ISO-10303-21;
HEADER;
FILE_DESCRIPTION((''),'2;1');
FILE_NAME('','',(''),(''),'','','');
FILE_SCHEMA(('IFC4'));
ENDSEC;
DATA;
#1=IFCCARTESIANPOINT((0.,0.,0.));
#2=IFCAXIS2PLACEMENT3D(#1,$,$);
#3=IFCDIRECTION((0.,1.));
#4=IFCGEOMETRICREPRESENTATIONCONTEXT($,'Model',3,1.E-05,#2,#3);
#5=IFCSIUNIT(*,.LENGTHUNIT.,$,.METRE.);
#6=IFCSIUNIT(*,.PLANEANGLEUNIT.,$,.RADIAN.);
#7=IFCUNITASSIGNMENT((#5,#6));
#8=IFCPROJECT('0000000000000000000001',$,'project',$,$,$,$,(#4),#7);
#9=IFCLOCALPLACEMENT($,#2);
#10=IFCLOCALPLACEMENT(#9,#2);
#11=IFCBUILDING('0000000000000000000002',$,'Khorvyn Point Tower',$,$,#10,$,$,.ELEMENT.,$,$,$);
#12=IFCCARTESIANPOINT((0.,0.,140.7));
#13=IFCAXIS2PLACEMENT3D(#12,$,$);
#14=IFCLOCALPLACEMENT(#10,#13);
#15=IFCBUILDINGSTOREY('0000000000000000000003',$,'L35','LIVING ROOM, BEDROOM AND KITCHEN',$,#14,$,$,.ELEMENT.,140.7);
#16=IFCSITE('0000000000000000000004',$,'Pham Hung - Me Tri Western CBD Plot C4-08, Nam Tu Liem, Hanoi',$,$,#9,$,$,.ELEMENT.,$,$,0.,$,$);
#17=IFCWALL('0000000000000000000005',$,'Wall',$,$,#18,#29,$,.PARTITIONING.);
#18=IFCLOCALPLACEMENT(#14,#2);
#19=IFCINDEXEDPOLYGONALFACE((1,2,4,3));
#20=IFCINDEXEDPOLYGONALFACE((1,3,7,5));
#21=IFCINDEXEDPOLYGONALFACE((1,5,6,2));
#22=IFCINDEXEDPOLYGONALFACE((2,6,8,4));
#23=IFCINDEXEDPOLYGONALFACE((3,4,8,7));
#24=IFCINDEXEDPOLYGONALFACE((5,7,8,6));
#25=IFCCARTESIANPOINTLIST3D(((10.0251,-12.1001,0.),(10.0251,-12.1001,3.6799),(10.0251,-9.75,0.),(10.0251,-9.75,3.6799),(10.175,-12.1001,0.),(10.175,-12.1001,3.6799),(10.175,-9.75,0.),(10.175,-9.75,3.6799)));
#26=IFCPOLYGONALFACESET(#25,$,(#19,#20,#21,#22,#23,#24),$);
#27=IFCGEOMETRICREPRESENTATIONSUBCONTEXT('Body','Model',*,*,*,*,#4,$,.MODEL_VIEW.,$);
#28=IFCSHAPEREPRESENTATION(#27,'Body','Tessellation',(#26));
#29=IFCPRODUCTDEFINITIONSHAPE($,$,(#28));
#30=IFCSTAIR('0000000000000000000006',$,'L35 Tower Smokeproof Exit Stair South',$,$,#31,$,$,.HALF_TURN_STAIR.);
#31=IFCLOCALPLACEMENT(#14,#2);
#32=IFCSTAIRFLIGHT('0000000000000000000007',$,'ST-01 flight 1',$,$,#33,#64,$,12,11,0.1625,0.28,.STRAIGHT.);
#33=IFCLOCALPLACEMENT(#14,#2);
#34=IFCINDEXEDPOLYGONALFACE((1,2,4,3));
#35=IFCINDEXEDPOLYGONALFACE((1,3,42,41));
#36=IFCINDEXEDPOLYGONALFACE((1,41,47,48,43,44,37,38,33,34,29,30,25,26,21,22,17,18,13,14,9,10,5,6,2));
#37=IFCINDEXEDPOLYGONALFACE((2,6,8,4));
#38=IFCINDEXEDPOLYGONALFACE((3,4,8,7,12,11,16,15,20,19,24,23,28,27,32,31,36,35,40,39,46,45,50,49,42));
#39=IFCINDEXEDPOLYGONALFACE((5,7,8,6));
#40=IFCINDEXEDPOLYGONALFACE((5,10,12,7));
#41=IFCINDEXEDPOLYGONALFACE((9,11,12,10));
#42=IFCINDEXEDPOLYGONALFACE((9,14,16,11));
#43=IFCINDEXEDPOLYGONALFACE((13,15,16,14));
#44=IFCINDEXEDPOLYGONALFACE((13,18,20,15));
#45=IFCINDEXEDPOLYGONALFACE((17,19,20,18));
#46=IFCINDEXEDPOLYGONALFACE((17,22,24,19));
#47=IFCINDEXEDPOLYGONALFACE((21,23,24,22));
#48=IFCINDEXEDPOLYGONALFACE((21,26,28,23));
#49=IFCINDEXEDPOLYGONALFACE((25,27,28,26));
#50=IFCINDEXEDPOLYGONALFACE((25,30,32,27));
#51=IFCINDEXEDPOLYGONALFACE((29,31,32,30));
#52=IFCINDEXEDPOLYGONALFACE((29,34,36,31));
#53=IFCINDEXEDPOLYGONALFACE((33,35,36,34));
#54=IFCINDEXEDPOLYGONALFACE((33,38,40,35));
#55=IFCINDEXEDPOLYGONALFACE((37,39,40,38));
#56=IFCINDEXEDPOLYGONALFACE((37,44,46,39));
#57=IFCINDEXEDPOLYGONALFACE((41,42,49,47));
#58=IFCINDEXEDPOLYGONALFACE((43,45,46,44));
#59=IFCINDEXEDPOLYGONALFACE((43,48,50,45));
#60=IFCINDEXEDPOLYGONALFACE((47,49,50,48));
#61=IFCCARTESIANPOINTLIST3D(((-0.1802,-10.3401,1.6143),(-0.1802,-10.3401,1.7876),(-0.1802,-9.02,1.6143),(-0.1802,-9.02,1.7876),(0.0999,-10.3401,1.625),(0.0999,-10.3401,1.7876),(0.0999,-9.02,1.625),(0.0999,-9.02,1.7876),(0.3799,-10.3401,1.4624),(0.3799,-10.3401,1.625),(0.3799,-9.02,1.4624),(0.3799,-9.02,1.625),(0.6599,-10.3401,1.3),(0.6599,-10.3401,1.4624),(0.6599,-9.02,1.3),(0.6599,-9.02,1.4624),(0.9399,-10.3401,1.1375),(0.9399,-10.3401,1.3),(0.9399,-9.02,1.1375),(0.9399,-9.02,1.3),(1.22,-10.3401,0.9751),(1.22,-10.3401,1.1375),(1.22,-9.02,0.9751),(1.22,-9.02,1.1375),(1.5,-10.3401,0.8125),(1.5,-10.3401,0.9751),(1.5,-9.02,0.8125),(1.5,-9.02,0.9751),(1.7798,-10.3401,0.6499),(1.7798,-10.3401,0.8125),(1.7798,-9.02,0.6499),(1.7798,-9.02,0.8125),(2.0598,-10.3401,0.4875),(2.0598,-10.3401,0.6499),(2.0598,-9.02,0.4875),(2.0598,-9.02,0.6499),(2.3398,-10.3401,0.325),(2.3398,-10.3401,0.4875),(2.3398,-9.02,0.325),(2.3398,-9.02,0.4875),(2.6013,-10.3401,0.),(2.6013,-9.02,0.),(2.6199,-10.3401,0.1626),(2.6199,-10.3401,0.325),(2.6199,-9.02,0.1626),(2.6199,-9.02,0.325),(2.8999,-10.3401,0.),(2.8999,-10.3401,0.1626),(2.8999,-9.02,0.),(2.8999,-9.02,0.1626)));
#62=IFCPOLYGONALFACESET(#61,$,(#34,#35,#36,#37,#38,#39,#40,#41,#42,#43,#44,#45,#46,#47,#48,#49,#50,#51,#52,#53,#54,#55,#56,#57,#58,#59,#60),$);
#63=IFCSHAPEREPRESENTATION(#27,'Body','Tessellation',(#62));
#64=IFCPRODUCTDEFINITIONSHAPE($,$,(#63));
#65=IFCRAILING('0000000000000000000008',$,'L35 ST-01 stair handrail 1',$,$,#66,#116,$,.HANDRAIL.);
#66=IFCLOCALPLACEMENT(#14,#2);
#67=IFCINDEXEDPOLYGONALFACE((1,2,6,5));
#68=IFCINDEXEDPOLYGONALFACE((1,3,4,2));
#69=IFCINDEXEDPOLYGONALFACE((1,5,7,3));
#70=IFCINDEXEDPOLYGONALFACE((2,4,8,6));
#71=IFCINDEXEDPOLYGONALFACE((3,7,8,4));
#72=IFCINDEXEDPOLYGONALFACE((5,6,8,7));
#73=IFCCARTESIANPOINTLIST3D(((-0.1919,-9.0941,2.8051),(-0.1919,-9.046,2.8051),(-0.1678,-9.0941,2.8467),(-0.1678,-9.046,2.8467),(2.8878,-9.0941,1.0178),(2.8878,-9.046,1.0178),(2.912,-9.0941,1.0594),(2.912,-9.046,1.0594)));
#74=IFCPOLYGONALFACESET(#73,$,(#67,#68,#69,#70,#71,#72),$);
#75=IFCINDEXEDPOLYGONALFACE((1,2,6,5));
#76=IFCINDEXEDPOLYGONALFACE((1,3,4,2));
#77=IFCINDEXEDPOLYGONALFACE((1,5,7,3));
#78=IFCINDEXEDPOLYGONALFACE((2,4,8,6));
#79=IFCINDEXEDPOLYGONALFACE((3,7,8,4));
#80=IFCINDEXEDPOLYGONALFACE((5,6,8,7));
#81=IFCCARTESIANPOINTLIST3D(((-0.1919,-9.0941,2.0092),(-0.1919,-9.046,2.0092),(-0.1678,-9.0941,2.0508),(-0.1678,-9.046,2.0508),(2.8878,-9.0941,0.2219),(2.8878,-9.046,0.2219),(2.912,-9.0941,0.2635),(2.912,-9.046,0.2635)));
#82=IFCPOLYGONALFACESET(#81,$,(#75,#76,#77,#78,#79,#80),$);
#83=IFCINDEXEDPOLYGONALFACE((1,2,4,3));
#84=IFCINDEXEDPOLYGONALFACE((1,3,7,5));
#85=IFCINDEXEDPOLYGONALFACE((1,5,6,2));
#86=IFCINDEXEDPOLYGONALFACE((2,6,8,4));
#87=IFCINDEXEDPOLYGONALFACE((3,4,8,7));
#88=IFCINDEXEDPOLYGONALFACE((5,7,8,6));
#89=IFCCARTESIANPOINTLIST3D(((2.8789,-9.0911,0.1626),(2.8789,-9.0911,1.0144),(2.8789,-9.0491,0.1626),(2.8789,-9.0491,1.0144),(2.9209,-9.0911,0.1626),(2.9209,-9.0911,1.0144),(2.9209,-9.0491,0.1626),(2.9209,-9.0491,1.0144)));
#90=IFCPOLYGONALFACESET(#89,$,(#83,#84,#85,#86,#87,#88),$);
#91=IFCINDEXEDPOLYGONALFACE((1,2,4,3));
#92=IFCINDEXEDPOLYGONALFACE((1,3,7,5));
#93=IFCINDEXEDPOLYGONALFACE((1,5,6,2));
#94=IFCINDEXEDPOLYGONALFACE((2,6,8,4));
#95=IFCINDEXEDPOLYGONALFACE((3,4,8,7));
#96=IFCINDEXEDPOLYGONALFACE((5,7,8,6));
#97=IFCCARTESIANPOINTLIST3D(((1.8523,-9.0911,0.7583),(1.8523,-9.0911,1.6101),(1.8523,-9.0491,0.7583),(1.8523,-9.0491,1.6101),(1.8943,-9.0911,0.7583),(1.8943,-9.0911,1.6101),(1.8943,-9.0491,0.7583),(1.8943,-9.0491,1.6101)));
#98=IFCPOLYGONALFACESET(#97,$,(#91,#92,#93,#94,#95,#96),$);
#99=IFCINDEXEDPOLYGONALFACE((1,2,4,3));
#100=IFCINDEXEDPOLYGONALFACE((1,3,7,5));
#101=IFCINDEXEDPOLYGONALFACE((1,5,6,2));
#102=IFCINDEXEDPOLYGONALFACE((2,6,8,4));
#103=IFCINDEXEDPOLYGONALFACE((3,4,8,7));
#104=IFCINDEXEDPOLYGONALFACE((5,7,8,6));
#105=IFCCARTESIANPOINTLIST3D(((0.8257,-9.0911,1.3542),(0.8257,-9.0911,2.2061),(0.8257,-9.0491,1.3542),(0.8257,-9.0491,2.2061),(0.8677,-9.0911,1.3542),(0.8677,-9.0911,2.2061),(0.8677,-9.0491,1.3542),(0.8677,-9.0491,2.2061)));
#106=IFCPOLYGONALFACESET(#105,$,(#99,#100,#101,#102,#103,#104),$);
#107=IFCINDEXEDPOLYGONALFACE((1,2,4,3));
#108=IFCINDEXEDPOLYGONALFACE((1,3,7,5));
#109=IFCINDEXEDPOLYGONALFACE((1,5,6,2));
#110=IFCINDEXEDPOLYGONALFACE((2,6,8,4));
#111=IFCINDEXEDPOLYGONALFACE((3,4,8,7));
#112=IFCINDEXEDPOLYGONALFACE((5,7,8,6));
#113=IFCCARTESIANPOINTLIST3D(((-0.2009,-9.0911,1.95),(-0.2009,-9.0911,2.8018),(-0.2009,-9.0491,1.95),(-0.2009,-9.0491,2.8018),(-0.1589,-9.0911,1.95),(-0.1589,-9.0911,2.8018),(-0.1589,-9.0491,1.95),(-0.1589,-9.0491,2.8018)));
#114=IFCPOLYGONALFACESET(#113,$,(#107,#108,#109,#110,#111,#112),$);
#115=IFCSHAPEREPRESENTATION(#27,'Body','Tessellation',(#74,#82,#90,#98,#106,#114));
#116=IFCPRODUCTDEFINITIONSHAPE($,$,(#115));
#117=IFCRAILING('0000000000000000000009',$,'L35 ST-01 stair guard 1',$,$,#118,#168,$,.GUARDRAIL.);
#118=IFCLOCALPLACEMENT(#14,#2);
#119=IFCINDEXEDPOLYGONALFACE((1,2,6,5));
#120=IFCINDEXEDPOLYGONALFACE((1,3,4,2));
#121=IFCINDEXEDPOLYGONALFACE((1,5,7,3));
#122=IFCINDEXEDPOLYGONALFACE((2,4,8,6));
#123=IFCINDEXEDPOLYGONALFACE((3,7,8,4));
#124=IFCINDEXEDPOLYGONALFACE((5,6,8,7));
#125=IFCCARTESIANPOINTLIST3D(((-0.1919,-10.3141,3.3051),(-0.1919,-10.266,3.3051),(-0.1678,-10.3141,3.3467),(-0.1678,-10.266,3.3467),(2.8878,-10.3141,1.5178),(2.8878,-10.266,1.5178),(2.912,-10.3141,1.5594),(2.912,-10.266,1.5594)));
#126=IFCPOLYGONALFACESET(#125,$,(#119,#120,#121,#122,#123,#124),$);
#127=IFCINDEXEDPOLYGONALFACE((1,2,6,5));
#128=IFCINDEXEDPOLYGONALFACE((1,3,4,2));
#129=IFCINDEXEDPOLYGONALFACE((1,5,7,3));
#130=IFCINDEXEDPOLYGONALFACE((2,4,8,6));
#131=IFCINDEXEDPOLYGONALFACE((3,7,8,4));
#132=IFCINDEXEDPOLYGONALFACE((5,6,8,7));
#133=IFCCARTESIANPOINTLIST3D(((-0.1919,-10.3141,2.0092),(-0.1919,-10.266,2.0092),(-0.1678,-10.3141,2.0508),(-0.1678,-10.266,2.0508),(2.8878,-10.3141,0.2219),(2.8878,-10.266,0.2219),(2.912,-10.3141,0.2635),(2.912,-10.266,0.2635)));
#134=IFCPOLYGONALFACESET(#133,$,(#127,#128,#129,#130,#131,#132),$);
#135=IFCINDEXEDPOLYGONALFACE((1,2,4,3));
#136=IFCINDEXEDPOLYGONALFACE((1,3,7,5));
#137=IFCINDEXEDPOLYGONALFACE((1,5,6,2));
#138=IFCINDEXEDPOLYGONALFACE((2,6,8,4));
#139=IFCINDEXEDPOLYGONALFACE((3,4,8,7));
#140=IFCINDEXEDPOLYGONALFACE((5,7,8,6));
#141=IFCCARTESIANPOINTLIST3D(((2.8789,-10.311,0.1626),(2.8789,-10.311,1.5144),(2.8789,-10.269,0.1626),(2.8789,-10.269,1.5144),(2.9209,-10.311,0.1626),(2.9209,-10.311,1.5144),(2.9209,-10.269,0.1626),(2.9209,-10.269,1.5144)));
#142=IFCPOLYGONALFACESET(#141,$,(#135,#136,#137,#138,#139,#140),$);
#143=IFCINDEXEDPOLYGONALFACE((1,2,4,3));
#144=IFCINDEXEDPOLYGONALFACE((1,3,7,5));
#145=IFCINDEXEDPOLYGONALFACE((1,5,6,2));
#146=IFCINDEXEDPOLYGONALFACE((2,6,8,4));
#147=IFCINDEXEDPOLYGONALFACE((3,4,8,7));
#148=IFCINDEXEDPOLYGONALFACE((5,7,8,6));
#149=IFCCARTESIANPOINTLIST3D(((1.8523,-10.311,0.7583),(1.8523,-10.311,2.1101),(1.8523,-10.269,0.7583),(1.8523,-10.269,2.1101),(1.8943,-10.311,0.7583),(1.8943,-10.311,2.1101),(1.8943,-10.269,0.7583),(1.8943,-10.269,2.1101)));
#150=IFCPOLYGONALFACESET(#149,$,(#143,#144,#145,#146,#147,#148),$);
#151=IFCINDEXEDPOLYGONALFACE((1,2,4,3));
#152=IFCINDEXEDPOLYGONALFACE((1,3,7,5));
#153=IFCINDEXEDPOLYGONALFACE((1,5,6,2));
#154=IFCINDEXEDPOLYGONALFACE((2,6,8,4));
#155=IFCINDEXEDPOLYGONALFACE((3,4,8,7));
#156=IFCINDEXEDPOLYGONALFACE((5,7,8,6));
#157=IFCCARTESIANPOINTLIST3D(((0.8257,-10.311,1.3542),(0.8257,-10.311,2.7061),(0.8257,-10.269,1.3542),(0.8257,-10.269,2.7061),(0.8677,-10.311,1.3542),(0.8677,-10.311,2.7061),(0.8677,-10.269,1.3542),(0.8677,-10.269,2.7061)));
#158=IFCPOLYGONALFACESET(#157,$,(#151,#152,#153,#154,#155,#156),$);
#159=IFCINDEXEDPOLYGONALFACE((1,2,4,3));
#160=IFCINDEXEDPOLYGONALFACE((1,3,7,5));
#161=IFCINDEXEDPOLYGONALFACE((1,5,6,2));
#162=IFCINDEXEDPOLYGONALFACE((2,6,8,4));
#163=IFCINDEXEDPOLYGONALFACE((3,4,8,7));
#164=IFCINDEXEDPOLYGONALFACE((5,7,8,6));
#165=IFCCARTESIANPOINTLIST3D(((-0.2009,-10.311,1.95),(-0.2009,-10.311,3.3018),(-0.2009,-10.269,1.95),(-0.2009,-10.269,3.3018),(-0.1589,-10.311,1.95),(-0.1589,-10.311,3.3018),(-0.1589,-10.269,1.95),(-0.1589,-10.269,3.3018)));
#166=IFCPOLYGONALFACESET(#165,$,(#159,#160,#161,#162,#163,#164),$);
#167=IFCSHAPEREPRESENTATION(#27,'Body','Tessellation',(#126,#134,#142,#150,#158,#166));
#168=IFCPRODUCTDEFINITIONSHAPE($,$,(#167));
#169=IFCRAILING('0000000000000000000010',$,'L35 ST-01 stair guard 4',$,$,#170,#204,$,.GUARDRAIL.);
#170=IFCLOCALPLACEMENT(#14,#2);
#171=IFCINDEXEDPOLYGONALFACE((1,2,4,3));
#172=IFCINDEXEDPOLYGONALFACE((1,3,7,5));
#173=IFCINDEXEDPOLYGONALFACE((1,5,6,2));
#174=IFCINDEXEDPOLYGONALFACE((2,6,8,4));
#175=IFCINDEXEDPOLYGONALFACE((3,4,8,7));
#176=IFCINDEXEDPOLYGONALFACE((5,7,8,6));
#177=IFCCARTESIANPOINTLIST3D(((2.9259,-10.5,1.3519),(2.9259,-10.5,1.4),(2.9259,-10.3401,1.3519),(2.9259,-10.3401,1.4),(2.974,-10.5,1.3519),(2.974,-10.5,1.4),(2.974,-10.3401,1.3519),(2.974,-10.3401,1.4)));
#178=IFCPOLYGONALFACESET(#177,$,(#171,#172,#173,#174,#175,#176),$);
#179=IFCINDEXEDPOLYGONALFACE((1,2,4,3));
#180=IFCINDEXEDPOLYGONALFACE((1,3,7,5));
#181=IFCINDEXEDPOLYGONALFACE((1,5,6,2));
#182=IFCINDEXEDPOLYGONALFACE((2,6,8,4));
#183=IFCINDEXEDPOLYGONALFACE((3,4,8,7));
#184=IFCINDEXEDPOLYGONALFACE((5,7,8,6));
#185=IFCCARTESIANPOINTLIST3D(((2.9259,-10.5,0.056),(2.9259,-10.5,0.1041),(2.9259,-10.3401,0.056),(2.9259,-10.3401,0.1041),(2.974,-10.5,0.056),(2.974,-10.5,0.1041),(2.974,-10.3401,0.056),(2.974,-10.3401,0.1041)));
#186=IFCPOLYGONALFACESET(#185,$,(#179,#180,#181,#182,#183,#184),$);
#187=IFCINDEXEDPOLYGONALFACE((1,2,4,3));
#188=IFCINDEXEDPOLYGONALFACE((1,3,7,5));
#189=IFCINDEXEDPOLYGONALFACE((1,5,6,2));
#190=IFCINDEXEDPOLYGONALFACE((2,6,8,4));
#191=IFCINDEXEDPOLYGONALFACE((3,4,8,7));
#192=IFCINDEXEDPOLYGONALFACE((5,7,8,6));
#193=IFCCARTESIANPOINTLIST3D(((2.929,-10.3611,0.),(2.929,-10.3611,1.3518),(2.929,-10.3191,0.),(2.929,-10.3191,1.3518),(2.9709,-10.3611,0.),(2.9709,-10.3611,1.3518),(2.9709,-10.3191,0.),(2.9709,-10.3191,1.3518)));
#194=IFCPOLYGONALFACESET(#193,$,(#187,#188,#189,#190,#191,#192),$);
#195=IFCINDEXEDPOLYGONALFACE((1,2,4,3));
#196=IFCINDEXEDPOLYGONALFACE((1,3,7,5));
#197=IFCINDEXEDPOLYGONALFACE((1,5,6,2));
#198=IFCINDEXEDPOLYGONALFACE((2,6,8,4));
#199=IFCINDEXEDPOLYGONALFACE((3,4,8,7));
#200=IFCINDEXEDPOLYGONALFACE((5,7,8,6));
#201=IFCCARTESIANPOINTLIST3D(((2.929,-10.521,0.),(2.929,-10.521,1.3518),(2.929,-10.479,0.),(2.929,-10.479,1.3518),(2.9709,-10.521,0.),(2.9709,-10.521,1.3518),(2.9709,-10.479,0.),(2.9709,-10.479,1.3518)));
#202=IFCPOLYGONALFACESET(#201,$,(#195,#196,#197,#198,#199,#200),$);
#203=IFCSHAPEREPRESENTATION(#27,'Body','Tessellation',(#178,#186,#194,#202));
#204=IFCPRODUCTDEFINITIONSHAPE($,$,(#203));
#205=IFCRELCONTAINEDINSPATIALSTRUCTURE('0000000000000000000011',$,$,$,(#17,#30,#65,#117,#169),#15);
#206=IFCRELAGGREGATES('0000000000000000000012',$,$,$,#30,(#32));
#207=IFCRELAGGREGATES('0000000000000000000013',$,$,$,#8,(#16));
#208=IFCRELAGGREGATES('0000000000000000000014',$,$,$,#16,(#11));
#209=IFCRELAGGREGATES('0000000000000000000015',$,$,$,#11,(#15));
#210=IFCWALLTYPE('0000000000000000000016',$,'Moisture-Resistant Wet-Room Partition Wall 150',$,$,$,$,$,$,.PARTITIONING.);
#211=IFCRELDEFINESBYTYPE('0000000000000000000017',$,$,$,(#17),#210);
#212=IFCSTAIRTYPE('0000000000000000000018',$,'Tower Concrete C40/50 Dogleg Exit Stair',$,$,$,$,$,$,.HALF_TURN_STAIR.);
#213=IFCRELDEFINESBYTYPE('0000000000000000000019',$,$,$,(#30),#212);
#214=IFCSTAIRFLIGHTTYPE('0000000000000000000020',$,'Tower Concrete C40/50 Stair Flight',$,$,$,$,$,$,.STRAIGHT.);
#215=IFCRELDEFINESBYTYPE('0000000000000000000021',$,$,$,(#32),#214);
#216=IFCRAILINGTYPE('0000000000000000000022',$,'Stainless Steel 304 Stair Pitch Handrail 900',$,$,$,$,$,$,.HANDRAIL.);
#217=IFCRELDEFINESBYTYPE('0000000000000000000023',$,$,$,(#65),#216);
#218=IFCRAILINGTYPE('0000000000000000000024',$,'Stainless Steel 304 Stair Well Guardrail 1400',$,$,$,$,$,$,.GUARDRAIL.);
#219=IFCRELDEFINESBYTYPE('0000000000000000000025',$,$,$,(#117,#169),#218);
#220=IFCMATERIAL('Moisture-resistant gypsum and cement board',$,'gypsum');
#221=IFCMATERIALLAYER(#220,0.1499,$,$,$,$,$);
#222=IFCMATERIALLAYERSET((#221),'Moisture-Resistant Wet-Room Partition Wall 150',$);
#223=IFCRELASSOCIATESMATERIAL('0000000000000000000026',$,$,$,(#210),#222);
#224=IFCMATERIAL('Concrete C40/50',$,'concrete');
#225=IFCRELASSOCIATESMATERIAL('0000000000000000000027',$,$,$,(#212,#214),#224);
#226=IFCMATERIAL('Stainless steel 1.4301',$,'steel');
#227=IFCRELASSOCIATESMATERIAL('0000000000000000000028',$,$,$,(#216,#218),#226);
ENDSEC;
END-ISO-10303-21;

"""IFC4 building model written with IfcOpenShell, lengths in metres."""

from ifc_helpers import new_model, si_unit, direction, frame, frame_2d, origin, origin_2d, place, context, subcontext, project, spatial, polyline, rectangle, outline, extrude, material, layer, layer_set, type_object, element, aggregate, save


model = new_model("IFC4")

# Units and contexts
model_context = context("Model", 3, precision=1e-05, world=origin(), true_north=direction((0.0, 1.0)))
body_context = subcontext(model_context, "Body", "Model", "MODEL_VIEW")
ifc_project = project(units=[si_unit("LENGTHUNIT", "METRE"), si_unit("PLANEANGLEUNIT", "RADIAN")], contexts=[model_context])

# Site, building, storey
site_placement = place(None, origin())
site = spatial("IfcSite", under=ifc_project, at=site_placement, Name="Pham Hung - Me Tri Western CBD Plot C4-08, Nam Tu Liem, Hanoi", CompositionType="ELEMENT", RefElevation=0.0)
building_placement = place(site_placement, origin())
building = spatial("IfcBuilding", under=site, at=building_placement, Name="Khorvyn Point Tower", CompositionType="ELEMENT")
storey_placement = place(building_placement, frame((0.0, 0.0, 140.7)))
storey = spatial("IfcBuildingStorey", under=building, at=storey_placement, Name="L35", Description="LIVING ROOM, BEDROOM AND KITCHEN", CompositionType="ELEMENT", Elevation=140.7)

# Shared definitions
ifc_material_1 = material(Name="Concrete C40/50", Category="concrete")

# Shared definitions
ifc_material_2 = material(Name="Moisture-resistant gypsum and cement board", Category="gypsum")
ifc_layer_1 = layer(ifc_material_2, 0.1499)
ifc_layer_set_1 = layer_set([ifc_layer_1], Name="Moisture-Resistant Wet-Room Partition Wall 150")
wall_type_1 = type_object("IfcWallType", Name="Moisture-Resistant Wet-Room Partition Wall 150", PredefinedType="PARTITIONING", material=ifc_layer_set_1)

# Wall
wall_1_placement = place(storey_placement, frame((10.1001, -12.1001, 0.0), z_axis=(0.0, 0.0, 1.0), x_axis=(0.0, 1.0, 0.0)))
element("IfcWall", 1, at=wall_1_placement, inside=storey, type_object=wall_type_1, Name="Wall", PredefinedType="PARTITIONING", context=body_context, shape_type="SweptSolid", body=[
    extrude(rectangle(XDim=2.3501, YDim=0.1499, at=frame_2d((1.175, 0.0))), origin(), (0.0, 0.0, 1.0), 3.6799),
])

# Stair, stair flight
stair_type = type_object("IfcStairType", Name="Tower Concrete C40/50 Dogleg Exit Stair", PredefinedType="HALF_TURN_STAIR", material=ifc_material_1)
stair_placement = place(storey_placement, origin())
stair = element("IfcStair", 2, at=stair_placement, inside=storey, type_object=stair_type, Name="L35 Tower Smokeproof Exit Stair South", PredefinedType="HALF_TURN_STAIR")
stair_flight_type = type_object("IfcStairFlightType", Name="Tower Concrete C40/50 Stair Flight", PredefinedType="STRAIGHT", material=ifc_material_1)
stair_flight_placement = place(storey_placement, frame((2.8999, -9.6799, 0.0), z_axis=(0.0, 0.0, 1.0), x_axis=(-1.0, 0.0, 0.0)))
stair_flight = element("IfcStairFlight", 3, at=stair_flight_placement, type_object=stair_flight_type, Name="ST-01 flight 1", NumberOfRisers=12, NumberOfTreads=11, PredefinedType="STRAIGHT", RiserHeight=0.1625, TreadLength=0.28, context=body_context, shape_type="SweptSolid", body=[
    extrude(outline(polyline([(0.0, 0.0), (0.0, 0.1626), (0.28, 0.1626), (0.28, 0.325), (0.5601, 0.325), (0.5601, 0.4875), (0.8401, 0.4875), (0.8401, 0.6499), (1.1201, 0.6499), (1.1201, 0.8125), (1.3999, 0.8125), (1.3999, 0.9751), (1.6799, 0.9751), (1.6799, 1.1375), (1.96, 1.1375), (1.96, 1.3), (2.24, 1.3), (2.24, 1.4624), (2.52, 1.4624), (2.52, 1.625), (2.8, 1.625), (2.8, 1.7876), (3.0801, 1.7876), (3.0801, 1.95), (3.0801, 1.6143), (0.2986, 0.0), (0.0, 0.0)])), frame((0.0, 0.6602, 0.0), z_axis=(0.0, -1.0, 0.0), x_axis=(1.0, 0.0, 0.0)), (0.0, 0.0, 1.0), 1.3201),
])
aggregate(stair, [stair_flight])

# Railings
ifc_material_3 = material(Name="Stainless steel 1.4301", Category="steel")
railing_type_1 = type_object("IfcRailingType", Name="Stainless Steel 304 Stair Pitch Handrail 900", PredefinedType="HANDRAIL", material=ifc_material_3)
railing_1_placement = place(storey_placement, frame((2.8999, -9.0701, 0.1626)))
element("IfcRailing", 4, at=railing_1_placement, inside=storey, type_object=railing_type_1, Name="L35 ST-01 stair handrail 1", PredefinedType="HANDRAIL", context=body_context, shape_type="SweptSolid", body=[
    extrude(rectangle(XDim=0.0481, YDim=0.0481, at=origin_2d()), frame((0.0, 0.0, 0.876), z_axis=(-0.864903, 0.0, 0.501939), x_axis=(0.0, -1.0, 0.0)), (0.0, 0.0, 1.0), 3.5608),
    extrude(rectangle(XDim=0.0481, YDim=0.0481, at=origin_2d()), frame((0.0, 0.0, 0.0801), z_axis=(-0.864903, 0.0, 0.501939), x_axis=(0.0, -1.0, 0.0)), (0.0, 0.0, 1.0), 3.5608),
    extrude(rectangle(XDim=0.042, YDim=0.042, at=origin_2d()), origin(), (0.0, 0.0, 1.0), 0.8518),
    extrude(rectangle(XDim=0.042, YDim=0.042, at=origin_2d()), frame((-1.0266, 0.0, 0.5957)), (0.0, 0.0, 1.0), 0.8518),
    extrude(rectangle(XDim=0.042, YDim=0.042, at=origin_2d()), frame((-2.0532, 0.0, 1.1917)), (0.0, 0.0, 1.0), 0.8518),
    extrude(rectangle(XDim=0.042, YDim=0.042, at=origin_2d()), frame((-3.0798, 0.0, 1.7874)), (0.0, 0.0, 1.0), 0.8518),
])
railing_type_2 = type_object("IfcRailingType", Name="Stainless Steel 304 Stair Well Guardrail 1400", PredefinedType="GUARDRAIL", material=ifc_material_3)
railing_2_placement = place(storey_placement, frame((2.8999, -10.29, 0.1626)))
element("IfcRailing", 5, at=railing_2_placement, inside=storey, type_object=railing_type_2, Name="L35 ST-01 stair guard 1", PredefinedType="GUARDRAIL", context=body_context, shape_type="SweptSolid", body=[
    extrude(rectangle(XDim=0.0481, YDim=0.0481, at=origin_2d()), frame((0.0, 0.0, 1.376), z_axis=(-0.864903, 0.0, 0.501939), x_axis=(0.0, -1.0, 0.0)), (0.0, 0.0, 1.0), 3.5608),
    extrude(rectangle(XDim=0.0481, YDim=0.0481, at=origin_2d()), frame((0.0, 0.0, 0.0801), z_axis=(-0.864903, 0.0, 0.501939), x_axis=(0.0, -1.0, 0.0)), (0.0, 0.0, 1.0), 3.5608),
    extrude(rectangle(XDim=0.042, YDim=0.042, at=origin_2d()), origin(), (0.0, 0.0, 1.0), 1.3518),
    extrude(rectangle(XDim=0.042, YDim=0.042, at=origin_2d()), frame((-1.0266, 0.0, 0.5957)), (0.0, 0.0, 1.0), 1.3518),
    extrude(rectangle(XDim=0.042, YDim=0.042, at=origin_2d()), frame((-2.0532, 0.0, 1.1917)), (0.0, 0.0, 1.0), 1.3518),
    extrude(rectangle(XDim=0.042, YDim=0.042, at=origin_2d()), frame((-3.0798, 0.0, 1.7874)), (0.0, 0.0, 1.0), 1.3518),
])
railing_3_placement = place(storey_placement, frame((2.95, -10.3401, 0.0)))
element("IfcRailing", 6, at=railing_3_placement, inside=storey, type_object=railing_type_2, Name="L35 ST-01 stair guard 4", PredefinedType="GUARDRAIL", context=body_context, shape_type="SweptSolid", body=[
    extrude(rectangle(XDim=0.0481, YDim=0.0481, at=origin_2d()), frame((0.0, 0.0, 1.376), z_axis=(0.0, -1.0, 0.0), x_axis=(1.0, 0.0, 0.0)), (0.0, 0.0, 1.0), 0.1599),
    extrude(rectangle(XDim=0.0481, YDim=0.0481, at=origin_2d()), frame((0.0, 0.0, 0.0801), z_axis=(0.0, -1.0, 0.0), x_axis=(1.0, 0.0, 0.0)), (0.0, 0.0, 1.0), 0.1599),
    extrude(rectangle(XDim=0.042, YDim=0.042, at=origin_2d()), origin(), (0.0, 0.0, 1.0), 1.3518),
    extrude(rectangle(XDim=0.042, YDim=0.042, at=origin_2d()), frame((0.0, -0.1599, 0.0)), (0.0, 0.0, 1.0), 1.3518),
])

save(model, "model.ifc")
